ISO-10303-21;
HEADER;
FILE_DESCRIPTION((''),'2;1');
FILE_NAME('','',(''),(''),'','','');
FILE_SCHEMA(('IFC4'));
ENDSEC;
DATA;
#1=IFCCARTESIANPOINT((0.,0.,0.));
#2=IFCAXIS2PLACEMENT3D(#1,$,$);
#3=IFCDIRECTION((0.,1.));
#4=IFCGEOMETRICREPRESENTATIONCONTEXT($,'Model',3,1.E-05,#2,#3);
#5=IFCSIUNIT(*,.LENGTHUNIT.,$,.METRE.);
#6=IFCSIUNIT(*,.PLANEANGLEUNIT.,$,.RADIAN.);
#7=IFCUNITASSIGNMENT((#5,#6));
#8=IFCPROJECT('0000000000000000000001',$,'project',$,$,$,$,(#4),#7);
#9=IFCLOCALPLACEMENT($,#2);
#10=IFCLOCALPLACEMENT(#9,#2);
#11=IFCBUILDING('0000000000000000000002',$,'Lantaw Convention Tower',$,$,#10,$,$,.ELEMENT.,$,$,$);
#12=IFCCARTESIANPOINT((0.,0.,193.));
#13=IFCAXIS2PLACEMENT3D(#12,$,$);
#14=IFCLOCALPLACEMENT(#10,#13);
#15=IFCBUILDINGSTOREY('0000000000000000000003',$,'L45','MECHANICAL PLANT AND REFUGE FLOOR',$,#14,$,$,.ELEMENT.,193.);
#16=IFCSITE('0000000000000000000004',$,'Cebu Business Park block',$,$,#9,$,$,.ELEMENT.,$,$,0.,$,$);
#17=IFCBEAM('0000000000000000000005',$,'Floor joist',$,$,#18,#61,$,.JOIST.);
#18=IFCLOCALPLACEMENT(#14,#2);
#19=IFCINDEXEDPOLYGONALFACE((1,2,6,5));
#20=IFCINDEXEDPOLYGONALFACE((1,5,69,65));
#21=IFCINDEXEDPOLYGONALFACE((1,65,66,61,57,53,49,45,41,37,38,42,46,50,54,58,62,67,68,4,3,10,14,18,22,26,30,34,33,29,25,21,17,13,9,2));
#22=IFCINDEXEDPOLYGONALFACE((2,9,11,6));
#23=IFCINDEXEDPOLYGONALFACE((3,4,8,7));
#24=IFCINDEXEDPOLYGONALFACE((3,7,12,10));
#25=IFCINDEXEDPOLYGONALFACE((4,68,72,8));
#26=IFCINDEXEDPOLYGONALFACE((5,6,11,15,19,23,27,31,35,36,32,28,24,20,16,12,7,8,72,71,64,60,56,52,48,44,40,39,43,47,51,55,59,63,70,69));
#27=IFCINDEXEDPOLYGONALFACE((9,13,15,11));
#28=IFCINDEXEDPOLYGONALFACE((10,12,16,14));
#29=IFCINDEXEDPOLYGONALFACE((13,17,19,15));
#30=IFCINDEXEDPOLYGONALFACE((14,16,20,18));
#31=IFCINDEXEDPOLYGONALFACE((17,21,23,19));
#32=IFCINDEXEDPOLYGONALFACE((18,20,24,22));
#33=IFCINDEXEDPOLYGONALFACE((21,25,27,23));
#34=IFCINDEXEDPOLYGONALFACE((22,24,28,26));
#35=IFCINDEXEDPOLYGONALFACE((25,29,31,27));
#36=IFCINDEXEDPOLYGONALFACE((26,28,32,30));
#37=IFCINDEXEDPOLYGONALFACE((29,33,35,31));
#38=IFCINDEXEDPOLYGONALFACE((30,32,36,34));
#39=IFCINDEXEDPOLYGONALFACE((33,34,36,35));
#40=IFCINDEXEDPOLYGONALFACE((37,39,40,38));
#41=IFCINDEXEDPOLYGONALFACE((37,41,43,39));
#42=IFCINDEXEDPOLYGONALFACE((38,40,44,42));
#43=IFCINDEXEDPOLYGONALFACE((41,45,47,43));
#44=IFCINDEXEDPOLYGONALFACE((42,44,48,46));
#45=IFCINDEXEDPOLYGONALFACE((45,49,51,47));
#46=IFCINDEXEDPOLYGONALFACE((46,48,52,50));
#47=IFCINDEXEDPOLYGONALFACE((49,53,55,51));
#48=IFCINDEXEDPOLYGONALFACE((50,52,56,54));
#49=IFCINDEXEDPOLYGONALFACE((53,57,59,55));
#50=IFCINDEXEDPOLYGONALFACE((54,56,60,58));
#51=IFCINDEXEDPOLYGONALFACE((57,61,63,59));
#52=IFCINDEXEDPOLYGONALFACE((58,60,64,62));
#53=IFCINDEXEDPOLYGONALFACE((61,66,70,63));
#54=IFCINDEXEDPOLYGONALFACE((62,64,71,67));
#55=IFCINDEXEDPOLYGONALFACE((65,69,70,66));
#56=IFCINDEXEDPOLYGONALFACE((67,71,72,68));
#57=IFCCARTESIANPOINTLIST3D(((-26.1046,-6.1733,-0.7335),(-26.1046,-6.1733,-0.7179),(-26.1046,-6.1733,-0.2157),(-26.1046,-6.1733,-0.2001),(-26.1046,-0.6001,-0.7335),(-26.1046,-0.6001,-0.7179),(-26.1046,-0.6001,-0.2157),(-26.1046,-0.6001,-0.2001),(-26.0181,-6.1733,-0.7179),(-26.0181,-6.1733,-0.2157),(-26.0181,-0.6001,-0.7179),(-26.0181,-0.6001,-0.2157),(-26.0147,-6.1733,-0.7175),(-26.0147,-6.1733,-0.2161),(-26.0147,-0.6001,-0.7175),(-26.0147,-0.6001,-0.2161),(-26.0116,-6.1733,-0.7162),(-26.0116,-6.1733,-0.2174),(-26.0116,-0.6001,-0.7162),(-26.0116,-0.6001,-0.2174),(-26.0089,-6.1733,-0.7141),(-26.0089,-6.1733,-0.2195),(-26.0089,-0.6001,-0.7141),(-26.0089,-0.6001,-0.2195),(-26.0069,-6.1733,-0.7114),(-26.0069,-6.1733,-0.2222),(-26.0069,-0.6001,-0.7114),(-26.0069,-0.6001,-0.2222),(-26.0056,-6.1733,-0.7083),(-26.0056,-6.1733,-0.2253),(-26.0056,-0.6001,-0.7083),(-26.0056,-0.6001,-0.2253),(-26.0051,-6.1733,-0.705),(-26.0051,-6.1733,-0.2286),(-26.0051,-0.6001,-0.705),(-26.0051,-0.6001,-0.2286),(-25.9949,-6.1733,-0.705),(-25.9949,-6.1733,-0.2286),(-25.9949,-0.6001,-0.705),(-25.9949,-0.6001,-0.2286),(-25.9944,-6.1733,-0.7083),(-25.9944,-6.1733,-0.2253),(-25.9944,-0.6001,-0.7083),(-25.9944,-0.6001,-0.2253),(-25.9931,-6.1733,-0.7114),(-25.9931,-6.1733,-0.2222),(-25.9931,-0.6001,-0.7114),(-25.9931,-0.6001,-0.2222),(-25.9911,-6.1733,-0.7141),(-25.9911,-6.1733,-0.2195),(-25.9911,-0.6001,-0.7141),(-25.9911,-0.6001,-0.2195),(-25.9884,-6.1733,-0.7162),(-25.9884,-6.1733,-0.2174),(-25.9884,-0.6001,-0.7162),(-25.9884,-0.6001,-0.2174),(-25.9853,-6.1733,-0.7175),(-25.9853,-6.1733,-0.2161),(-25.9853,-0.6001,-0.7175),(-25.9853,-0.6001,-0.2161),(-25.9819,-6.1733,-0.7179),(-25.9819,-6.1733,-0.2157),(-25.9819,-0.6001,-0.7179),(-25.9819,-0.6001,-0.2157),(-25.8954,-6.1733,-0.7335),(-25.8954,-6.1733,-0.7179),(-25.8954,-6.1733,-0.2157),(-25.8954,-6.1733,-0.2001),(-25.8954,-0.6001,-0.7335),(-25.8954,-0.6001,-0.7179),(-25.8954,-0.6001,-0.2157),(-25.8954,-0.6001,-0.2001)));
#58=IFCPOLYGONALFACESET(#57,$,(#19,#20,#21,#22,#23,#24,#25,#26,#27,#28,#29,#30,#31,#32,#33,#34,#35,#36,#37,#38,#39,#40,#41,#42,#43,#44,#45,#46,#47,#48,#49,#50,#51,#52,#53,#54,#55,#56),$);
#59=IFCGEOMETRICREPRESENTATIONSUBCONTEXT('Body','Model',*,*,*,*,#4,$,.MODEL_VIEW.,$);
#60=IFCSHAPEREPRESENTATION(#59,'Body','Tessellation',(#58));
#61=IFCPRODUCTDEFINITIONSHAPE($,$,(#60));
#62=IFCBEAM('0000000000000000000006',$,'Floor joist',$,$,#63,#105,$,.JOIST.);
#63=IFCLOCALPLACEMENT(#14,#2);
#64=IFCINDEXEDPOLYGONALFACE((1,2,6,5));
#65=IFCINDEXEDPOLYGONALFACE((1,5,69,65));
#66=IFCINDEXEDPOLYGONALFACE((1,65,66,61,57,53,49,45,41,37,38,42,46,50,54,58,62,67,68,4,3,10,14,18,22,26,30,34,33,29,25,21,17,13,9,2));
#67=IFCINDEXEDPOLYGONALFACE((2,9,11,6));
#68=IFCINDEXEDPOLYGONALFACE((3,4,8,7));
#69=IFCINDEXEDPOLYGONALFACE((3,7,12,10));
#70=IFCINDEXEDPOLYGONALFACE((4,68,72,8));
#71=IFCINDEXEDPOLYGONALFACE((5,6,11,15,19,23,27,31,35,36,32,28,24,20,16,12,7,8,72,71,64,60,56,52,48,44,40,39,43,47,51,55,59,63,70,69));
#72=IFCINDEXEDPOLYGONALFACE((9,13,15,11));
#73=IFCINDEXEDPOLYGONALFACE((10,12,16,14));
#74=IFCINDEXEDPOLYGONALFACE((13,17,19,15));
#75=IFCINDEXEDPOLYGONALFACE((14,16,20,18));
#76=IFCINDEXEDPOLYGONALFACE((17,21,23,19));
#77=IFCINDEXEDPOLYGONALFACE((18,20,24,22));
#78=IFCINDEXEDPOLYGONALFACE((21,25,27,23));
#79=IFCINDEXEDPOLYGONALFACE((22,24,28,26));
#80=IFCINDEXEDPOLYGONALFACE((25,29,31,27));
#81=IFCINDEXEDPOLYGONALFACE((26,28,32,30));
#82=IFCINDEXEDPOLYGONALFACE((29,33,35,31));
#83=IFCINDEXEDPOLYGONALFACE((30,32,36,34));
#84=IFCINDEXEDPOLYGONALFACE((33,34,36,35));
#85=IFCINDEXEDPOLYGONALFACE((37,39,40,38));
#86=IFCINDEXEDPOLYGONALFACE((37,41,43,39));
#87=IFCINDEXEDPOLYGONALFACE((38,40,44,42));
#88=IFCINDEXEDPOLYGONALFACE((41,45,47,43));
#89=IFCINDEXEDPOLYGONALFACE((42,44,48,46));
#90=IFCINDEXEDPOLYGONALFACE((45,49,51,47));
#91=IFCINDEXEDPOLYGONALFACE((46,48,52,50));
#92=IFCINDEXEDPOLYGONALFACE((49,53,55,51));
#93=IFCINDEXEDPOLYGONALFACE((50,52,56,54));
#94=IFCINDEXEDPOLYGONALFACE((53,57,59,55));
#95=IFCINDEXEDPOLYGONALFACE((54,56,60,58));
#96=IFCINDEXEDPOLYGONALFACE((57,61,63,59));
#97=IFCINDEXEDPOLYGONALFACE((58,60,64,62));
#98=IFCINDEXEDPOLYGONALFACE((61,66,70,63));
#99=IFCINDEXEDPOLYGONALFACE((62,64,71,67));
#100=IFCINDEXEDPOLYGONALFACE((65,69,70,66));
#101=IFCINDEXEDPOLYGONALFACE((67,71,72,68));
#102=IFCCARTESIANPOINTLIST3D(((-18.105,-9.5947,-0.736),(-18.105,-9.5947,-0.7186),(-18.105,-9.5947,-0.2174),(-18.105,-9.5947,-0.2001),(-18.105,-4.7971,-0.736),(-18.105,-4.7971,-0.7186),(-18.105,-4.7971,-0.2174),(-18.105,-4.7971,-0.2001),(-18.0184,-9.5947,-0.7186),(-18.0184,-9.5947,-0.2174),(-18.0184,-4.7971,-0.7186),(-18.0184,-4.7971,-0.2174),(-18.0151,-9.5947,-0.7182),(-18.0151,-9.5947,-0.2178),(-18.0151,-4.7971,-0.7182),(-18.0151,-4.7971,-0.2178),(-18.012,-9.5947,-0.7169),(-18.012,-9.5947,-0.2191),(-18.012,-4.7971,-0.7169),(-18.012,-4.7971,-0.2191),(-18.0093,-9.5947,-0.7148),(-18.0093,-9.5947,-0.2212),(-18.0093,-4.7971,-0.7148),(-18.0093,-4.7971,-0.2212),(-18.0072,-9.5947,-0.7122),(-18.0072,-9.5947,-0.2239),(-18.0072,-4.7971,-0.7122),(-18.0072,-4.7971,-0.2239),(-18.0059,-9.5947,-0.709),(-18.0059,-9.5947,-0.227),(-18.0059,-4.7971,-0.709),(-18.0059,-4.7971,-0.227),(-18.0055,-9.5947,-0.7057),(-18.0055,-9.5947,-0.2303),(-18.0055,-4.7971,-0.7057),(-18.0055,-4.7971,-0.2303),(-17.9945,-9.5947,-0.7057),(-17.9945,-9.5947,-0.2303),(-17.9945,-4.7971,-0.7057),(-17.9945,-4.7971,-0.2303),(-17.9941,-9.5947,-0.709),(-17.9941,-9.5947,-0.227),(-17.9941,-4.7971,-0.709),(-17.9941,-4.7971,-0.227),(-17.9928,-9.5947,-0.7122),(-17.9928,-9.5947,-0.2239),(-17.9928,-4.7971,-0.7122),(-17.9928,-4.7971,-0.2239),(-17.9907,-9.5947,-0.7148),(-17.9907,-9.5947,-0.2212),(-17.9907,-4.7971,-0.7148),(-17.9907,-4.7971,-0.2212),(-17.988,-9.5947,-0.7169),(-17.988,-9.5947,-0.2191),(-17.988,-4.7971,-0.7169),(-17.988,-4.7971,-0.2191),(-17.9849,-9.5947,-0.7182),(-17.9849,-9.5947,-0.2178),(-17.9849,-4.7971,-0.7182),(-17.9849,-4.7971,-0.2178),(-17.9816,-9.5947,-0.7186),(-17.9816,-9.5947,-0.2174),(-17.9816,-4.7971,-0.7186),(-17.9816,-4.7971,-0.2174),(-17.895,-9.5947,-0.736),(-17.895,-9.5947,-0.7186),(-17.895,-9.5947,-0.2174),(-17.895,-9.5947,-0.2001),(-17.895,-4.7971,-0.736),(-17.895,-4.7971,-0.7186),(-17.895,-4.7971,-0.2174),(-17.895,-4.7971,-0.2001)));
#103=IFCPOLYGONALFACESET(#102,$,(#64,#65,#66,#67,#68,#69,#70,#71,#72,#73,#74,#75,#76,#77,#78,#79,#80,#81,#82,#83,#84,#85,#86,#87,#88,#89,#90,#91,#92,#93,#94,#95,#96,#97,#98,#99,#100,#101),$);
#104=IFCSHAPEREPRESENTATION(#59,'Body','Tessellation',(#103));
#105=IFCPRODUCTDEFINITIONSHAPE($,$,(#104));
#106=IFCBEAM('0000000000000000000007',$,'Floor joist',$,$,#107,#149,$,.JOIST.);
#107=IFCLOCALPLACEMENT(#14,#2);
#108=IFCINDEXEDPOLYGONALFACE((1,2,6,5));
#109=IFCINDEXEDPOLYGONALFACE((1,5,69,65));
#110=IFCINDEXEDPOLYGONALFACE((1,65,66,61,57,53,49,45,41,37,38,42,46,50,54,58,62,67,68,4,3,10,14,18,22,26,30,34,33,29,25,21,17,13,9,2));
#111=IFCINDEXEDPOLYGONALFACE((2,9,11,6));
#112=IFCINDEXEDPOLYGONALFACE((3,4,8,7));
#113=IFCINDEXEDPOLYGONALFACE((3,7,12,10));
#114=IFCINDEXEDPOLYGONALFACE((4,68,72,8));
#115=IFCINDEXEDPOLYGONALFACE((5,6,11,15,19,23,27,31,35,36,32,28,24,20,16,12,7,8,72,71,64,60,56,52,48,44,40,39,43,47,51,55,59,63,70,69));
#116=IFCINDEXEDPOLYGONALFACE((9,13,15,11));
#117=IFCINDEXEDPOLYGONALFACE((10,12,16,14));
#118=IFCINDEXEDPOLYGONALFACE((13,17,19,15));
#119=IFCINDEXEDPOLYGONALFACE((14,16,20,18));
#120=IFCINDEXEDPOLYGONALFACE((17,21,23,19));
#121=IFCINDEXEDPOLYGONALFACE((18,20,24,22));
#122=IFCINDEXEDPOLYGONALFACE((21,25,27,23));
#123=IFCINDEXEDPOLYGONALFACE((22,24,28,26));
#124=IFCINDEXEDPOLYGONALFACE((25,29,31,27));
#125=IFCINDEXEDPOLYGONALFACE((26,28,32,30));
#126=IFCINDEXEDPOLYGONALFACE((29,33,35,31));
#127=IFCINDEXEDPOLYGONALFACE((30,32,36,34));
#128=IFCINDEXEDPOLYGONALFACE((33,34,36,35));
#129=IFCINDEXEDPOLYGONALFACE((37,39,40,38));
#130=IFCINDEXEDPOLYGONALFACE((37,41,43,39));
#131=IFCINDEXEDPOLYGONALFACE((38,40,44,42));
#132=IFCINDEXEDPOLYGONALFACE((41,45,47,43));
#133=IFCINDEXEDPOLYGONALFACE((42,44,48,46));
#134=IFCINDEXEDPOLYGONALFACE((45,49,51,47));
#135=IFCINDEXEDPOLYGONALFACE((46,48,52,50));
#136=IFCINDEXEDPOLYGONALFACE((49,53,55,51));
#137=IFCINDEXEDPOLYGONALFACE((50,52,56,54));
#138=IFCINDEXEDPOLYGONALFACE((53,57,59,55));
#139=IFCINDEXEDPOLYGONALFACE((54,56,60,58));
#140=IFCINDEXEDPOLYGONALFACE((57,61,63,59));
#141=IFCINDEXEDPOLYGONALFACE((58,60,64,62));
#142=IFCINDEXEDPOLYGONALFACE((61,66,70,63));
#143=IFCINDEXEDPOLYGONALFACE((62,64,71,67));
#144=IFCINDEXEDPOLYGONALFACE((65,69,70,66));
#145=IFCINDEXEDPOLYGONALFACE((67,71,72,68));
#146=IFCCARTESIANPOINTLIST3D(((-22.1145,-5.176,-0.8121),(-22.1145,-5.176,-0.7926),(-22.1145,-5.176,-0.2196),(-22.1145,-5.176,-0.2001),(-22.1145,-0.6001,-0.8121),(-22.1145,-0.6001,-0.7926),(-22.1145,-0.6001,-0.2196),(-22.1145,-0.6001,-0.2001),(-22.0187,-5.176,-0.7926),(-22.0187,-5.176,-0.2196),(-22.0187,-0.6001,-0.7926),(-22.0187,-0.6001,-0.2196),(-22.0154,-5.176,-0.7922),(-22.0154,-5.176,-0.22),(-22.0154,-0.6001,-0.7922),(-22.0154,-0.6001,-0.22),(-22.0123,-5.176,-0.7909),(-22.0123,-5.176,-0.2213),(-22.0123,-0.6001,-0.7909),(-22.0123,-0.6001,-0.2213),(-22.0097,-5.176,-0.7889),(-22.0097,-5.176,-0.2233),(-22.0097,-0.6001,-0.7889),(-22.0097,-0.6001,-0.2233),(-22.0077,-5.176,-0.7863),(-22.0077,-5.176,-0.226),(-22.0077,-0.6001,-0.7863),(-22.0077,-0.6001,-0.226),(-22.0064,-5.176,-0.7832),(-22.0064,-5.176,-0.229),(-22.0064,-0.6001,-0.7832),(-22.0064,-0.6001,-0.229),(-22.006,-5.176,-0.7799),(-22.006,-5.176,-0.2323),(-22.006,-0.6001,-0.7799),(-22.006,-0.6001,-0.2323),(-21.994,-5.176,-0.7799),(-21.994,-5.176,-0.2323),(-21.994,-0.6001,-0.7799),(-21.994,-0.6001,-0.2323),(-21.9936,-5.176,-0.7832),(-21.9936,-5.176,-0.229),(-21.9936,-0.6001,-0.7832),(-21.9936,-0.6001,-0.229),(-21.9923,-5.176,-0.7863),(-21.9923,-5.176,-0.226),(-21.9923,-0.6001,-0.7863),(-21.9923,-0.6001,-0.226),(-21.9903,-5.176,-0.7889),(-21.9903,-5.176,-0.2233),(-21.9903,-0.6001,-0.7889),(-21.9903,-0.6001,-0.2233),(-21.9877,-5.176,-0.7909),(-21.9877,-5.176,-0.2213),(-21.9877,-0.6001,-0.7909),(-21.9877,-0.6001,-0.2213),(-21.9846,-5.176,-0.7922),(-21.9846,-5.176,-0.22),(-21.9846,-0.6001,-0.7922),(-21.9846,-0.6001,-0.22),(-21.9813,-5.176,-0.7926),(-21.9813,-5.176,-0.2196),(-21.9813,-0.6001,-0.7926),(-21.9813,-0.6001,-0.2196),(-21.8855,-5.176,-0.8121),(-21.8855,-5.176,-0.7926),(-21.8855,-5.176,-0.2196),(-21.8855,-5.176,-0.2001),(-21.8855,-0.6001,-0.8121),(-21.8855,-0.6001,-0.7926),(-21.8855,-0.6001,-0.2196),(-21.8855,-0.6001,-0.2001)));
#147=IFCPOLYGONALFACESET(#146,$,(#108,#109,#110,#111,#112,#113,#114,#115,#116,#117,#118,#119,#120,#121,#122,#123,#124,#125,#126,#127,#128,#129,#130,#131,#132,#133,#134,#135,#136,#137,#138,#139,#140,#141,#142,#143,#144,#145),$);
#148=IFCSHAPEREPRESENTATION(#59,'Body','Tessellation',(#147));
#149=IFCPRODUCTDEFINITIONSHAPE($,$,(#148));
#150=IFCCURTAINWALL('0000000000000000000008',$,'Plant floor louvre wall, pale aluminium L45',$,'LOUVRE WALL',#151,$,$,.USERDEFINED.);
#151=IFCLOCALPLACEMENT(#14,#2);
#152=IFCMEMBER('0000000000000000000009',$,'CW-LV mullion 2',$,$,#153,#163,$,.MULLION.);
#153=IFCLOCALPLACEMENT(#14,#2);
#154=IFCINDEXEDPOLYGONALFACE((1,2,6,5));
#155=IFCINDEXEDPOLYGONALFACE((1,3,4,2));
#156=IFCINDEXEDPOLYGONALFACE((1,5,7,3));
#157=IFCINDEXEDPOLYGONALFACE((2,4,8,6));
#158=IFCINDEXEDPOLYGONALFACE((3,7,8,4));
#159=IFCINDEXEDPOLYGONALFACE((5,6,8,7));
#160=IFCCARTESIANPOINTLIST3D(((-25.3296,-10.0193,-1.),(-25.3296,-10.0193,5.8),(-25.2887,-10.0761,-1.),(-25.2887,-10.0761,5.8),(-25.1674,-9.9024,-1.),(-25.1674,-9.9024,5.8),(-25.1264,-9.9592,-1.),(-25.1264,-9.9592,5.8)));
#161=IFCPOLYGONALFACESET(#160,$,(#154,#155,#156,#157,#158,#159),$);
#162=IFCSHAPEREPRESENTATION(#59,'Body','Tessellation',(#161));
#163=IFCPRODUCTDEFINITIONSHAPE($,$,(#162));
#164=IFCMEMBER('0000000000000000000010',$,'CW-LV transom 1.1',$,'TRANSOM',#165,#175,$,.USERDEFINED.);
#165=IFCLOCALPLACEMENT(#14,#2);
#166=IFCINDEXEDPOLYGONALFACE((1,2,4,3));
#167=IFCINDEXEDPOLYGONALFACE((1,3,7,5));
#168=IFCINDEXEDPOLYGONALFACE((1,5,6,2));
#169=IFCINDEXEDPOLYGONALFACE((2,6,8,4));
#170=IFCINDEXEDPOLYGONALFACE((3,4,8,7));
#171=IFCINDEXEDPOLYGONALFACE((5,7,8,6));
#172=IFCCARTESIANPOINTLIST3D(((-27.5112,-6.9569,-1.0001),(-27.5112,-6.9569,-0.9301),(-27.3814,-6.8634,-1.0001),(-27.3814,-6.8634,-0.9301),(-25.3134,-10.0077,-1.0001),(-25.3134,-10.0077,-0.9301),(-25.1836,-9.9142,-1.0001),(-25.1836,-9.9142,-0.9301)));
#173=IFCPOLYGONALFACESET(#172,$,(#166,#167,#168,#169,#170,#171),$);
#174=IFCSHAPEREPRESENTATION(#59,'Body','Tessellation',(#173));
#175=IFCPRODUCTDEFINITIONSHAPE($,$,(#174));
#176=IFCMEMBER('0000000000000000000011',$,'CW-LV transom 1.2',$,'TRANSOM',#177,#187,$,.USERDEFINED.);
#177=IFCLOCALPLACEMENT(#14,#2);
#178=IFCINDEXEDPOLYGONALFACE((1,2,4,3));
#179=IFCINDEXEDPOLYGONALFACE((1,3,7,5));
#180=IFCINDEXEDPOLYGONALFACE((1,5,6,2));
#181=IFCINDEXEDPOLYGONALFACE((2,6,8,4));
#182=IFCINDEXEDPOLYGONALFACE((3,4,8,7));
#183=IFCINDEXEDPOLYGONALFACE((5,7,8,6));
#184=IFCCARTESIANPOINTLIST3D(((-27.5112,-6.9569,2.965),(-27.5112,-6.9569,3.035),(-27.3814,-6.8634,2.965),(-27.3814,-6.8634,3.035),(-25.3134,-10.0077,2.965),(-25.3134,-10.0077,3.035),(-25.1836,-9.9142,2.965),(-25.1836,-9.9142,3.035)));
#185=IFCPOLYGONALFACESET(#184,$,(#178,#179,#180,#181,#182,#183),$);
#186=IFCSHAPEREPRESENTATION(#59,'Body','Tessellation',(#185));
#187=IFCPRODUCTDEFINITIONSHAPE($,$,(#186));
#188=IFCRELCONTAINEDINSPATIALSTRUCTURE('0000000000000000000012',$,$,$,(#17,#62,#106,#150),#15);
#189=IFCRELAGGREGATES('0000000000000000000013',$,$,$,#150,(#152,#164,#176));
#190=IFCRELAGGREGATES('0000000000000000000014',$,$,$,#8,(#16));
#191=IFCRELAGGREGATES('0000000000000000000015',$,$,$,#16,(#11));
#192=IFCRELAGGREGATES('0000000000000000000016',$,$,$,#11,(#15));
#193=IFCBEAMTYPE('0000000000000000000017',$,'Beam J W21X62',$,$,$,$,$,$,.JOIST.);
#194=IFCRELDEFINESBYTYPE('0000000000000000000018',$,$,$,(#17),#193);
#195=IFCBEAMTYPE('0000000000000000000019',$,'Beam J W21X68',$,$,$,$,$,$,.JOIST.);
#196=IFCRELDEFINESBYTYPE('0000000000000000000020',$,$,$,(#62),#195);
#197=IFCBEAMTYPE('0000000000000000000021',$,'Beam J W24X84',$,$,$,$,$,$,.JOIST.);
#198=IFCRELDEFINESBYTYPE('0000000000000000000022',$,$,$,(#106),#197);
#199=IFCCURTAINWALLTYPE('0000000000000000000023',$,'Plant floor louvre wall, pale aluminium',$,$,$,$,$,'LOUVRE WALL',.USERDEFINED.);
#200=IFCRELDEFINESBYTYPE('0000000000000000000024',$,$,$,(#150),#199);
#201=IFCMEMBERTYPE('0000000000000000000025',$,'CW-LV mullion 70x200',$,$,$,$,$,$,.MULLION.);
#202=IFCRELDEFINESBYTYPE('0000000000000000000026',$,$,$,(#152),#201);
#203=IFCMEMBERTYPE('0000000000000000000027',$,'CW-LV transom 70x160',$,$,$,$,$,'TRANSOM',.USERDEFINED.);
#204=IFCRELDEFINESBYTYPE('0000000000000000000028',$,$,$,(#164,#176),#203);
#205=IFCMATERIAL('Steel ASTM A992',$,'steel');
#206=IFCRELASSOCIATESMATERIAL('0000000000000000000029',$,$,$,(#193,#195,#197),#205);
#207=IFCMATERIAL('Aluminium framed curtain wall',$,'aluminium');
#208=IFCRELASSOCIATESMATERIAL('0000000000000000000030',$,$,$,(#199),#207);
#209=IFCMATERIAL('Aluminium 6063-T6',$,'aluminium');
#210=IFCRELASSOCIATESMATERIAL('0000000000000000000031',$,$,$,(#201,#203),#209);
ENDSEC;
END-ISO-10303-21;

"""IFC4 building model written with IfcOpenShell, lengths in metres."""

from ifc_helpers import new_model, si_unit, direction, frame, origin, origin_2d, place, context, subcontext, project, spatial, rectangle, i_section, extrude, material, material_profile, profile_set, type_object, element, aggregate, save


model = new_model("IFC4")

# Units and contexts
model_context = context("Model", 3, precision=1e-05, world=origin(), true_north=direction((0.0, 1.0)))
body_context = subcontext(model_context, "Body", "Model", "MODEL_VIEW")
ifc_project = project(units=[si_unit("LENGTHUNIT", "METRE"), si_unit("PLANEANGLEUNIT", "RADIAN")], contexts=[model_context])

# Site, building, storey
site_placement = place(None, origin())
site = spatial("IfcSite", under=ifc_project, at=site_placement, Name="Cebu Business Park block", CompositionType="ELEMENT", RefElevation=0.0)
building_placement = place(site_placement, origin())
building = spatial("IfcBuilding", under=site, at=building_placement, Name="Lantaw Convention Tower", CompositionType="ELEMENT")
storey_placement = place(building_placement, frame((0.0, 0.0, 193.0)))
storey = spatial("IfcBuildingStorey", under=building, at=storey_placement, Name="L45", Description="MECHANICAL PLANT AND REFUGE FLOOR", CompositionType="ELEMENT", Elevation=193.0)

# Beams
ifc_material_1 = material(Name="Steel ASTM A992", Category="steel")
ifc_material_profile_1 = material_profile(ifc_material_1, i_section(OverallWidth=0.2092, OverallDepth=0.5334, WebThickness=0.0103, FlangeThickness=0.0156, FilletRadius=0.0129, at=origin_2d()), Name="W21X62")
ifc_profile_set_1 = profile_set([ifc_material_profile_1], Name="Steel ASTM A992")
beam_type_1 = type_object("IfcBeamType", Name="Beam J W21X62", PredefinedType="JOIST", material=ifc_profile_set_1)
beam_1_placement = place(storey_placement, frame((-26.0, -6.1733, -0.4668), z_axis=(0.0, 1.0, 0.0), x_axis=(-1.0, 0.0, 0.0)))
element("IfcBeam", 1, at=beam_1_placement, inside=storey, type_object=beam_type_1, Name="Floor joist", PredefinedType="JOIST", context=body_context, shape_type="SweptSolid", body=[
    extrude(i_section(OverallWidth=0.2092, OverallDepth=0.5334, WebThickness=0.0103, FlangeThickness=0.0156, FilletRadius=0.0129, at=origin_2d()), origin(), (0.0, 0.0, 1.0), 5.5732),
])
ifc_material_profile_2 = material_profile(ifc_material_1, i_section(OverallWidth=0.21, OverallDepth=0.5359, WebThickness=0.011, FlangeThickness=0.0173, FilletRadius=0.0129, at=origin_2d()), Name="W21X68")
ifc_profile_set_2 = profile_set([ifc_material_profile_2], Name="Steel ASTM A992")
beam_type_2 = type_object("IfcBeamType", Name="Beam J W21X68", PredefinedType="JOIST", material=ifc_profile_set_2)
beam_2_placement = place(storey_placement, frame((-18.0, -9.5947, -0.468), z_axis=(0.0, 1.0, 0.0), x_axis=(-1.0, 0.0, 0.0)))
element("IfcBeam", 2, at=beam_2_placement, inside=storey, type_object=beam_type_2, Name="Floor joist", PredefinedType="JOIST", context=body_context, shape_type="SweptSolid", body=[
    extrude(i_section(OverallWidth=0.21, OverallDepth=0.5359, WebThickness=0.011, FlangeThickness=0.0173, FilletRadius=0.0129, at=origin_2d()), origin(), (0.0, 0.0, 1.0), 4.7976),
])
ifc_material_profile_3 = material_profile(ifc_material_1, i_section(OverallWidth=0.229, OverallDepth=0.6121, WebThickness=0.012, FlangeThickness=0.0195, FilletRadius=0.0127, at=origin_2d()), Name="W24X84")
ifc_profile_set_3 = profile_set([ifc_material_profile_3], Name="Steel ASTM A992")
beam_type_3 = type_object("IfcBeamType", Name="Beam J W24X84", PredefinedType="JOIST", material=ifc_profile_set_3)
beam_3_placement = place(storey_placement, frame((-22.0, -5.176, -0.5061), z_axis=(0.0, 1.0, 0.0), x_axis=(-1.0, 0.0, 0.0)))
element("IfcBeam", 3, at=beam_3_placement, inside=storey, type_object=beam_type_3, Name="Floor joist", PredefinedType="JOIST", context=body_context, shape_type="SweptSolid", body=[
    extrude(i_section(OverallWidth=0.229, OverallDepth=0.6121, WebThickness=0.012, FlangeThickness=0.0195, FilletRadius=0.0127, at=origin_2d()), origin(), (0.0, 0.0, 1.0), 4.5759),
])

# Curtain wall, members
ifc_material_2 = material(Name="Aluminium framed curtain wall", Category="aluminium")
curtain_wall_type = type_object("IfcCurtainWallType", Name="Plant floor louvre wall, pale aluminium", ElementType="LOUVRE WALL", PredefinedType="USERDEFINED", material=ifc_material_2)
curtain_wall_placement = place(storey_placement, origin())
curtain_wall = element("IfcCurtainWall", 4, at=curtain_wall_placement, inside=storey, type_object=curtain_wall_type, Name="Plant floor louvre wall, pale aluminium L45", ObjectType="LOUVRE WALL", PredefinedType="USERDEFINED")
ifc_material_3 = material(Name="Aluminium 6063-T6", Category="aluminium")
ifc_material_profile_4 = material_profile(ifc_material_3, rectangle(XDim=0.2, YDim=0.0701, at=origin_2d()), Name="CW-LV mullion 70x200")
ifc_profile_set_4 = profile_set([ifc_material_profile_4], Name="Aluminium 6063-T6")
member_type_1 = type_object("IfcMemberType", Name="CW-LV mullion 70x200", PredefinedType="MULLION", material=ifc_profile_set_4)
member_1_placement = place(storey_placement, frame((-25.228, -9.9893, -1.0), z_axis=(0.0, 0.0, 1.0), x_axis=(0.811385, 0.584513, 0.0)))
member_1 = element("IfcMember", 5, at=member_1_placement, type_object=member_type_1, Name="CW-LV mullion 2", PredefinedType="MULLION", context=body_context, shape_type="SweptSolid", body=[
    extrude(rectangle(XDim=0.2, YDim=0.0701, at=origin_2d()), origin(), (0.0, 0.0, 1.0), 6.8),
])
ifc_material_profile_5 = material_profile(ifc_material_3, rectangle(XDim=0.1599, YDim=0.0701, at=origin_2d()), Name="CW-LV transom 70x160")
ifc_profile_set_5 = profile_set([ifc_material_profile_5], Name="Aluminium 6063-T6")
member_type_2 = type_object("IfcMemberType", Name="CW-LV transom 70x160", ElementType="TRANSOM", PredefinedType="USERDEFINED", material=ifc_profile_set_5)
member_2_placement = place(storey_placement, frame((-27.4463, -6.9102, -0.9651), z_axis=(0.584513, -0.811384, 0.0), x_axis=(0.811384, 0.584513, 0.0)))
member_2 = element("IfcMember", 6, at=member_2_placement, type_object=member_type_2, Name="CW-LV transom 1.1", ObjectType="TRANSOM", PredefinedType="USERDEFINED", context=body_context, shape_type="SweptSolid", body=[
    extrude(rectangle(XDim=0.1599, YDim=0.0701, at=origin_2d()), origin(), (0.0, 0.0, 1.0), 3.76),
])
member_3_placement = place(storey_placement, frame((-27.4463, -6.9102, 3.0), z_axis=(0.584513, -0.811384, 0.0), x_axis=(0.811384, 0.584513, 0.0)))
member_3 = element("IfcMember", 7, at=member_3_placement, type_object=member_type_2, Name="CW-LV transom 1.2", ObjectType="TRANSOM", PredefinedType="USERDEFINED", context=body_context, shape_type="SweptSolid", body=[
    extrude(rectangle(XDim=0.1599, YDim=0.0701, at=origin_2d()), origin(), (0.0, 0.0, 1.0), 3.76),
])

aggregate(curtain_wall, [member_1, member_2, member_3])

save(model, "model.ifc")
